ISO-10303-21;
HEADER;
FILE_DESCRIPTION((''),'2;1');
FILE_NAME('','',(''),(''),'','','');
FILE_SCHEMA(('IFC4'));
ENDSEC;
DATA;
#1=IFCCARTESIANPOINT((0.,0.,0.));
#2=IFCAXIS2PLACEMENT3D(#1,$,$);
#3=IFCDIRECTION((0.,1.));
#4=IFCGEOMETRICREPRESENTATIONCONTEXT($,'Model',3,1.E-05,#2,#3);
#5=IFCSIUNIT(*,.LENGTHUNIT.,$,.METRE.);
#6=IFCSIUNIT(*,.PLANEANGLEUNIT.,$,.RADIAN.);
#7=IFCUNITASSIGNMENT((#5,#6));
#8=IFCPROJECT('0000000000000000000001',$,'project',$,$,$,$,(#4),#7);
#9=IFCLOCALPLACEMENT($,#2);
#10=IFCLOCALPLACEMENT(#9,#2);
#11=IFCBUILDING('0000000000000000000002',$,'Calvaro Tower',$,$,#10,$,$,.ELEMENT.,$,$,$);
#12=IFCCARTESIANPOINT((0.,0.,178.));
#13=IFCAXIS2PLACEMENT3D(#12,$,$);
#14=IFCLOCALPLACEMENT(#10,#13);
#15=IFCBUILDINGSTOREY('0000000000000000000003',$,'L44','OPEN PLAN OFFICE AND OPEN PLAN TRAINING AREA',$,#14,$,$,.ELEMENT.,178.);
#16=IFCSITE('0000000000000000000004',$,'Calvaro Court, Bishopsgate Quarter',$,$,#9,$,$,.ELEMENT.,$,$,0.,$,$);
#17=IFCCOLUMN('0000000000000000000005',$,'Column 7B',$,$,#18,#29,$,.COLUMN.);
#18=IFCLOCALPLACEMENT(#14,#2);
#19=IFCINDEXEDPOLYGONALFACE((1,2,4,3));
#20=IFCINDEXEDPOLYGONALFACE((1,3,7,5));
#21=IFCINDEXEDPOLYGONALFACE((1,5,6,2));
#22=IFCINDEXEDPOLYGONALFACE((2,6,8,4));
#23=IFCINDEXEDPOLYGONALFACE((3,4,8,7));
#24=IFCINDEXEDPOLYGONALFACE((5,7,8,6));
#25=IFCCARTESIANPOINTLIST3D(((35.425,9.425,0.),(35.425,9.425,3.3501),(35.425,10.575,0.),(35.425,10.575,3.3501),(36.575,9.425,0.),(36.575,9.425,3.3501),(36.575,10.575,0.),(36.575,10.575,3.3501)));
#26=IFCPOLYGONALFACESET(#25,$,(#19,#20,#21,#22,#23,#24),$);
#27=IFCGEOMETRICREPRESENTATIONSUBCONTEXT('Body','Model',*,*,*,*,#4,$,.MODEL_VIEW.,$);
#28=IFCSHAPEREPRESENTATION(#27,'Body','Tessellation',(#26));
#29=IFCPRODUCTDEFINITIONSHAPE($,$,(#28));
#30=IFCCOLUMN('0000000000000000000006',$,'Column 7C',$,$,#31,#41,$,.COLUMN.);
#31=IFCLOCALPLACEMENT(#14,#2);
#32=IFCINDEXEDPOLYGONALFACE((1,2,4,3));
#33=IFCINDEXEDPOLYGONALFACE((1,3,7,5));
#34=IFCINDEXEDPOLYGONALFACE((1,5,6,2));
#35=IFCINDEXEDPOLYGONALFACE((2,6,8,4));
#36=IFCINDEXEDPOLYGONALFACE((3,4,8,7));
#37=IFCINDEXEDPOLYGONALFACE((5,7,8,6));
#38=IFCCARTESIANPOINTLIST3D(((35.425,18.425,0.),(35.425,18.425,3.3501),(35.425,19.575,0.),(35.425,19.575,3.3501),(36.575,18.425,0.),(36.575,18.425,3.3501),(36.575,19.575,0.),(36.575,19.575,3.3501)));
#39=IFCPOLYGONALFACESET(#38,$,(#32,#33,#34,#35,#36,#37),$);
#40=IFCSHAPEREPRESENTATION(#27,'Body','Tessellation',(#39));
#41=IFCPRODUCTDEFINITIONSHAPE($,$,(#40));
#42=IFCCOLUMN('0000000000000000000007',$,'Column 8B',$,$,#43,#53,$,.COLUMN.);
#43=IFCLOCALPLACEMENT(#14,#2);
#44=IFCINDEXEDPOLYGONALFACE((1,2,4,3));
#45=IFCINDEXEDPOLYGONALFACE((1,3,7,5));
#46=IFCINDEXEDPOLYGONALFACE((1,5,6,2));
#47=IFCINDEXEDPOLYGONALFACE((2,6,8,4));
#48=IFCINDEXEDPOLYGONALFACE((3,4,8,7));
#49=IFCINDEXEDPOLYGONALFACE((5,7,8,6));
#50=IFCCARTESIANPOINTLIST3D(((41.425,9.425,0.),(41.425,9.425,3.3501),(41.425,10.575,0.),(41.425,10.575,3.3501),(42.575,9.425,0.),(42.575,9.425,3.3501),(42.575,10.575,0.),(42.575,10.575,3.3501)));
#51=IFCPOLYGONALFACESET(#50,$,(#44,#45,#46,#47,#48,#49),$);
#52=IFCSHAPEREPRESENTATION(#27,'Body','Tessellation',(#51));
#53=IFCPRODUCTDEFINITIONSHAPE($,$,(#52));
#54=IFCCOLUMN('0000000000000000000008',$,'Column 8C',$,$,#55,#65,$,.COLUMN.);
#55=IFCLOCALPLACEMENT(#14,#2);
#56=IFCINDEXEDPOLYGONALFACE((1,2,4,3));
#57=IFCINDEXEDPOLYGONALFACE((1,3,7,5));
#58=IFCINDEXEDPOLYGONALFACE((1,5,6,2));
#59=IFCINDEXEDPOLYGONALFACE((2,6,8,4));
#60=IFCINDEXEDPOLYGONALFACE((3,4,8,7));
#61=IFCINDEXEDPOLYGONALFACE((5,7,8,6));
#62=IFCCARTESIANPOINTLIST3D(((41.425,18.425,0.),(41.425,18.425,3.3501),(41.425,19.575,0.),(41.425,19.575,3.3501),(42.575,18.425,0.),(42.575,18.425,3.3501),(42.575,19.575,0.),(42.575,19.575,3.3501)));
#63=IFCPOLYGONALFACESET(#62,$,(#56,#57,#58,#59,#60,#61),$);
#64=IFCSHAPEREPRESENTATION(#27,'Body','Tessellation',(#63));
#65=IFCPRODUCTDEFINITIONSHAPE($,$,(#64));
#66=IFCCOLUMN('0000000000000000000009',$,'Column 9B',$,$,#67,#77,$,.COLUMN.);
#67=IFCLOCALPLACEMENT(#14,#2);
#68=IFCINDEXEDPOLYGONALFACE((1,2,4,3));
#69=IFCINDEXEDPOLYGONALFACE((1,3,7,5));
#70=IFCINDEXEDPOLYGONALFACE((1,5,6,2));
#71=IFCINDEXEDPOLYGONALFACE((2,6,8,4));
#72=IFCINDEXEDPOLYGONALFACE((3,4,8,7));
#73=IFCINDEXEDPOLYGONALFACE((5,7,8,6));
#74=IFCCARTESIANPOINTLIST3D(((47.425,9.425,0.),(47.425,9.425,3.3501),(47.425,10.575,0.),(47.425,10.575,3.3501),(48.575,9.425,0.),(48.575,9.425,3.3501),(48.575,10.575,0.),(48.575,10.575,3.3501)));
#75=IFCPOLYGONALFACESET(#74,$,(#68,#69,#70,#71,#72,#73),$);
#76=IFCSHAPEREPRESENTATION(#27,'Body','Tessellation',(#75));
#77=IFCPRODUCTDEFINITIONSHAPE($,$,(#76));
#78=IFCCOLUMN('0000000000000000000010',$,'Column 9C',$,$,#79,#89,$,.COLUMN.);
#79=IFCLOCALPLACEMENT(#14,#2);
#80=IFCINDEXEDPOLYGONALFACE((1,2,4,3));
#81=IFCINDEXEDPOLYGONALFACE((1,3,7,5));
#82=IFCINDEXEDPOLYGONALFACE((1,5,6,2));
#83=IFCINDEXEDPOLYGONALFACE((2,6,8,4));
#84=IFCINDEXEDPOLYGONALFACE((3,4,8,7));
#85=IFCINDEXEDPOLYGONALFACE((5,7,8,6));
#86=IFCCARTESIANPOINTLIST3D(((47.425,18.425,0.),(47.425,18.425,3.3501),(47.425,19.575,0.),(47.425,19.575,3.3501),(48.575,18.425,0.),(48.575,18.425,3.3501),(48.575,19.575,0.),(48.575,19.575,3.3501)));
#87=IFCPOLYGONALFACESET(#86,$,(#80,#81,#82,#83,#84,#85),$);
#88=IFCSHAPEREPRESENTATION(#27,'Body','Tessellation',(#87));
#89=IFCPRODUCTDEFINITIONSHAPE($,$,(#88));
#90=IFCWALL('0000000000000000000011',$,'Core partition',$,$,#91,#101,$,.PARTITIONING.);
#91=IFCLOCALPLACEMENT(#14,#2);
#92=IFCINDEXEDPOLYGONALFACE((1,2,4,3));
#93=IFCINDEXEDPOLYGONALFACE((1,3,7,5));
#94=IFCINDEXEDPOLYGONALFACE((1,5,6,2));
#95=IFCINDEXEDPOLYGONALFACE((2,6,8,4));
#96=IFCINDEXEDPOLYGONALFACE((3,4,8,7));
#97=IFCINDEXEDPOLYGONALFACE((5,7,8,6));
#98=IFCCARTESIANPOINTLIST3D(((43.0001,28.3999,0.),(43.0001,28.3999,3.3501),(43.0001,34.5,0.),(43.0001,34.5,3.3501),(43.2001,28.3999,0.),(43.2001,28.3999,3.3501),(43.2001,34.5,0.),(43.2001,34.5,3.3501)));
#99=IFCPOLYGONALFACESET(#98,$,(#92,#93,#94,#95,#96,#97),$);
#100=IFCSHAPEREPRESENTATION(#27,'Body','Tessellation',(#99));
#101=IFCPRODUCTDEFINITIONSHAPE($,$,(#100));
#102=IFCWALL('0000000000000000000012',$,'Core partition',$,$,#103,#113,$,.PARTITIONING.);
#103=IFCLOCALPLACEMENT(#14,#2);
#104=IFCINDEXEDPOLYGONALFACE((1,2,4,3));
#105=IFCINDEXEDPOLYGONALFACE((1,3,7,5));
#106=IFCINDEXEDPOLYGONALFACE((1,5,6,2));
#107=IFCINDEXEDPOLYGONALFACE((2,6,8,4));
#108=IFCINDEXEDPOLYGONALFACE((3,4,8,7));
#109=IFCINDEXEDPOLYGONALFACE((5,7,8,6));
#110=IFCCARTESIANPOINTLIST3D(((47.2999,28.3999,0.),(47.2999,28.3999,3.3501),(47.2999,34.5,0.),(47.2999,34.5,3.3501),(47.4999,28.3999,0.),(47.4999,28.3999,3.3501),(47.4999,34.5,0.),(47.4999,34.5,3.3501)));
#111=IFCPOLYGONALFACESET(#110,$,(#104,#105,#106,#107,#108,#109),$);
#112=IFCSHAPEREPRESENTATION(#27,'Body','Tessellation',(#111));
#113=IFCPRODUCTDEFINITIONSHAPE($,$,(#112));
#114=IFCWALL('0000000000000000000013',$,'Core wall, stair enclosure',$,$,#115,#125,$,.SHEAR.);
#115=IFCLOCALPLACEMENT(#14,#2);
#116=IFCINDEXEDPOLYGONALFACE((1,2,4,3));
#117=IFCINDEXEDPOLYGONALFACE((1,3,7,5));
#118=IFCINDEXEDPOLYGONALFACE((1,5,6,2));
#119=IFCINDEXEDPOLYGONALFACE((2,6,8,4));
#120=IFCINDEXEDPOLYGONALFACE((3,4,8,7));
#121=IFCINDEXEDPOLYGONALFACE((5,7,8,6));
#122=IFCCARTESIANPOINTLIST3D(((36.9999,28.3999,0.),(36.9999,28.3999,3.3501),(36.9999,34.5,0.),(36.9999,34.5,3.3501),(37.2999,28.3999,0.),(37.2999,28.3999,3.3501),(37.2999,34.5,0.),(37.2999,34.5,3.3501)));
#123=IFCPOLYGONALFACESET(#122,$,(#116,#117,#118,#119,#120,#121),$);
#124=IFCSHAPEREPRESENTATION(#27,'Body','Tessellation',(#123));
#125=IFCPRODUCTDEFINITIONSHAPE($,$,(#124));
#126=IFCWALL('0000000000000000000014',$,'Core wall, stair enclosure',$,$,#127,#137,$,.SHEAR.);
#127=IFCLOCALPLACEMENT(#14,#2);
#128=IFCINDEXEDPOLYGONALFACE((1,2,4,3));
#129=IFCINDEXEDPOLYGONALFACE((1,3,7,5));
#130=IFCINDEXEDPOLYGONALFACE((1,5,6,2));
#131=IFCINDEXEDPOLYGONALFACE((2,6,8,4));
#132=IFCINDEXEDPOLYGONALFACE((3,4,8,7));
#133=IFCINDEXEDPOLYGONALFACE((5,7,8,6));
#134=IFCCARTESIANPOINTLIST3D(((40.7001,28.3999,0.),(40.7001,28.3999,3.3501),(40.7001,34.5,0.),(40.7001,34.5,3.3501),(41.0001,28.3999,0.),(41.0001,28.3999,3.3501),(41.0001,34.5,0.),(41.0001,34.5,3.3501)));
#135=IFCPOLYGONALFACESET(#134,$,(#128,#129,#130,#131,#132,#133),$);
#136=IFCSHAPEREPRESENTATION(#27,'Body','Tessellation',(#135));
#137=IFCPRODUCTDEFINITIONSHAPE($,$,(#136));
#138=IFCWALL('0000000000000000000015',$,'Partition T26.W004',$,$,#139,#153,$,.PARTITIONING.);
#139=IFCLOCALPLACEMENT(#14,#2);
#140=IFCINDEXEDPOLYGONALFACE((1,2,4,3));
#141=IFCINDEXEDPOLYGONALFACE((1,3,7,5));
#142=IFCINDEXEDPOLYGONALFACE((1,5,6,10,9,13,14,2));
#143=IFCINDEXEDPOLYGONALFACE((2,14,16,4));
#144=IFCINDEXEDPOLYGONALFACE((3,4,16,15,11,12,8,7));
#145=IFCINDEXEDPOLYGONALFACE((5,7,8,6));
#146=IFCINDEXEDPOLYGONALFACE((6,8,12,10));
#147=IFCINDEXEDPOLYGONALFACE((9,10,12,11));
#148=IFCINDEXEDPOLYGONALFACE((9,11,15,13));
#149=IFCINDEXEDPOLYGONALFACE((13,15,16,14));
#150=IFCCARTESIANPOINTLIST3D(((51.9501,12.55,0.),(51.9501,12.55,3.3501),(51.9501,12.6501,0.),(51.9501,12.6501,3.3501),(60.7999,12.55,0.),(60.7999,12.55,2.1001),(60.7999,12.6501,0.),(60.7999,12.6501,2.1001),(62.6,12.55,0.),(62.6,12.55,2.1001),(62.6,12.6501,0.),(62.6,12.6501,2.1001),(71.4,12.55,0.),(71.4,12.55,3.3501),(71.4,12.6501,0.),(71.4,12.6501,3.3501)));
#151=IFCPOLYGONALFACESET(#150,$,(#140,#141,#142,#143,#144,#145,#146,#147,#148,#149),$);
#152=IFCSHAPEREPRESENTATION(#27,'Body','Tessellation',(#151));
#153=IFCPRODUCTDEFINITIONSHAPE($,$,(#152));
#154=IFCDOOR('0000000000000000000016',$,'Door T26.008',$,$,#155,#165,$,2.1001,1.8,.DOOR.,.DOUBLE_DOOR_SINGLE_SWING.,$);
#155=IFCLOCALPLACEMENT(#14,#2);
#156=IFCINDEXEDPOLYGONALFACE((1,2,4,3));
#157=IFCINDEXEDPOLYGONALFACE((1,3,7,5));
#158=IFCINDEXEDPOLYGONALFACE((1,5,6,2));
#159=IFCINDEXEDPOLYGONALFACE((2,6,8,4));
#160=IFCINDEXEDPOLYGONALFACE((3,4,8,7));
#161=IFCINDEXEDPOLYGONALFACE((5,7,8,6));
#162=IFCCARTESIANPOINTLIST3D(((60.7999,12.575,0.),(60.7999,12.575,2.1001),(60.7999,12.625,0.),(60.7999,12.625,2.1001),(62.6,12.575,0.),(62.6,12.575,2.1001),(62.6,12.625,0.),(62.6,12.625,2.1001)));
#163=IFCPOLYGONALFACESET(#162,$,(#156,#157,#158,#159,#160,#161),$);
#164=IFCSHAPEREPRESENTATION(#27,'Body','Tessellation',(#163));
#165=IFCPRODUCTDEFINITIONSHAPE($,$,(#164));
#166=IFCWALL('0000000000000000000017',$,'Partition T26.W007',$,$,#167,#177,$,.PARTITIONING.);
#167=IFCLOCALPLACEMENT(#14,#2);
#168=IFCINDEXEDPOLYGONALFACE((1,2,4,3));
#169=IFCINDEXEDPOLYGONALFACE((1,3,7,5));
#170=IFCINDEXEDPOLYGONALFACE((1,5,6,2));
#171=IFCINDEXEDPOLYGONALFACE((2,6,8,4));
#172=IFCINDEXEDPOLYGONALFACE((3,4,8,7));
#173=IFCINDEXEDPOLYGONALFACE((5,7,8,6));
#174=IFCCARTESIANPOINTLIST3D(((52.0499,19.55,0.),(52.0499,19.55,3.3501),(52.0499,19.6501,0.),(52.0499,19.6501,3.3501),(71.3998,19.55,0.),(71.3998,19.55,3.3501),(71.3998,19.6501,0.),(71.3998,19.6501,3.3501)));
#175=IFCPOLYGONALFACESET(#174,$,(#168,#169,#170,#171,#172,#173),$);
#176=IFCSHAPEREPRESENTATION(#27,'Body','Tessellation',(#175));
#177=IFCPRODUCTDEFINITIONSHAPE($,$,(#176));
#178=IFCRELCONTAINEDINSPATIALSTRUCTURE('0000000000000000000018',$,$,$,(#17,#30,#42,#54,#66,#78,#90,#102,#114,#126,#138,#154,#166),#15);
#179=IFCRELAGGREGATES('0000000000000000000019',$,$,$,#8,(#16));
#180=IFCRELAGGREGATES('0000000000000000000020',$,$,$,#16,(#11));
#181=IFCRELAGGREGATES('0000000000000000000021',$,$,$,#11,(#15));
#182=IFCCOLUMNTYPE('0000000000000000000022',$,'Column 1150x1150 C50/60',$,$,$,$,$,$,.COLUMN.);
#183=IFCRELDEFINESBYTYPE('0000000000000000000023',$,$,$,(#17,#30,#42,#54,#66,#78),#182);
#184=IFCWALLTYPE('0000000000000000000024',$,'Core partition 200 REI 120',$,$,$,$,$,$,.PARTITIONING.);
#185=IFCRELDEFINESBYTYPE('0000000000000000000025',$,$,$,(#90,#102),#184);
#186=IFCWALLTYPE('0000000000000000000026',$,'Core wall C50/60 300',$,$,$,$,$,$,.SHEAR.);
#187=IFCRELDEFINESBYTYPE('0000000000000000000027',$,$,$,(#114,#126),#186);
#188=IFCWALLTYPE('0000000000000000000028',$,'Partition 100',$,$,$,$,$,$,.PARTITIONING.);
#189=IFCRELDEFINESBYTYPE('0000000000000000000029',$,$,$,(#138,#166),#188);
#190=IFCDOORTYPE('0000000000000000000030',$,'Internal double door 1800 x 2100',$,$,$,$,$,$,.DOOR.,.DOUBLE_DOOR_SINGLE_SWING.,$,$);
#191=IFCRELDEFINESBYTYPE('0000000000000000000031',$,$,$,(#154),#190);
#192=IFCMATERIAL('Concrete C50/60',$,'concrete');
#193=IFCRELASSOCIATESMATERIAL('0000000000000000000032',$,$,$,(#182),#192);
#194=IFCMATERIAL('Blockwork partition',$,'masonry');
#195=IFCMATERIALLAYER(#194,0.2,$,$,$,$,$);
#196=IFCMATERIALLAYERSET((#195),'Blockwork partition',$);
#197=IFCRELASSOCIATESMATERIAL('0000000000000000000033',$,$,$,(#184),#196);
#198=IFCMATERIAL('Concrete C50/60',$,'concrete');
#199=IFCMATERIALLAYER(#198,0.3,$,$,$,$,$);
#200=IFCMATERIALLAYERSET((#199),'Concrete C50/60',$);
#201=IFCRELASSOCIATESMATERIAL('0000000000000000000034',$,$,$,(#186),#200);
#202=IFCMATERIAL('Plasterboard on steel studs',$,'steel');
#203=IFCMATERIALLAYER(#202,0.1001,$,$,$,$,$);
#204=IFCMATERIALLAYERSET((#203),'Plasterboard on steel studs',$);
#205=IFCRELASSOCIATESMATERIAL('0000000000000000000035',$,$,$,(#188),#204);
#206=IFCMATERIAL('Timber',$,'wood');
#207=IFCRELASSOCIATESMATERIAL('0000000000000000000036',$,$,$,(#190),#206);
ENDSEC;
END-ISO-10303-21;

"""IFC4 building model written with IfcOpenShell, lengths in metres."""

from ifc_helpers import new_model, si_unit, direction, frame, frame_2d, origin, origin_2d, place, context, subcontext, project, spatial, rectangle, extrude, material, layer, layer_set, material_profile, profile_set, type_object, element, fill, save


model = new_model("IFC4")

# Units and contexts
model_context = context("Model", 3, precision=1e-05, world=origin(), true_north=direction((0.0, 1.0)))
body_context = subcontext(model_context, "Body", "Model", "MODEL_VIEW")
ifc_project = project(units=[si_unit("LENGTHUNIT", "METRE"), si_unit("PLANEANGLEUNIT", "RADIAN")], contexts=[model_context])

# Site, building, storey
site_placement = place(None, origin())
site = spatial("IfcSite", under=ifc_project, at=site_placement, Name="Calvaro Court, Bishopsgate Quarter", CompositionType="ELEMENT", RefElevation=0.0)
building_placement = place(site_placement, origin())
building = spatial("IfcBuilding", under=site, at=building_placement, Name="Calvaro Tower", CompositionType="ELEMENT")
storey_placement = place(building_placement, frame((0.0, 0.0, 178.0)))
storey = spatial("IfcBuildingStorey", under=building, at=storey_placement, Name="L44", Description="OPEN PLAN OFFICE AND OPEN PLAN TRAINING AREA", CompositionType="ELEMENT", Elevation=178.0)

# Columns
ifc_material_1 = material(Name="Concrete C50/60", Category="concrete")
ifc_material_profile = material_profile(ifc_material_1, rectangle(XDim=1.1499, YDim=1.1499, at=origin_2d()), Name="RC 1150x1150")
ifc_profile_set = profile_set([ifc_material_profile], Name="Concrete C50/60")
column_type = type_object("IfcColumnType", Name="Column 1150x1150 C50/60", PredefinedType="COLUMN", material=ifc_profile_set)
for number, where, z_axis, x_axis, name in (
    (1, (36.0, 10.0, 0.0), (0.0, 0.0, 1.0), (1.0, 0.0, 0.0), "Column 7B"),
    (2, (36.0, 19.0, 0.0), (0.0, 0.0, 1.0), (1.0, 0.0, 0.0), "Column 7C"),
    (3, (42.0, 10.0, 0.0), (0.0, 0.0, 1.0), (1.0, 0.0, 0.0), "Column 8B"),
    (4, (42.0, 19.0, 0.0), (0.0, 0.0, 1.0), (1.0, 0.0, 0.0), "Column 8C"),
    (5, (48.0, 10.0, 0.0), (0.0, 0.0, 1.0), (1.0, 0.0, 0.0), "Column 9B"),
    (6, (48.0, 19.0, 0.0), (0.0, 0.0, 1.0), (1.0, 0.0, 0.0), "Column 9C"),
):
    element("IfcColumn", number, at=place(storey_placement, frame(where, z_axis=z_axis, x_axis=x_axis)), inside=storey, type_object=column_type, Name=name, PredefinedType="COLUMN", context=body_context, shape_type="SweptSolid", body=[
        extrude(rectangle(XDim=1.1499, YDim=1.1499, at=origin_2d()), origin(), (0.0, 0.0, 1.0), 3.3501),
    ])

# Walls
ifc_material_2 = material(Name="Blockwork partition", Category="masonry")
ifc_layer_1 = layer(ifc_material_2, 0.2)
ifc_layer_set_1 = layer_set([ifc_layer_1], Name="Blockwork partition")
wall_type_1 = type_object("IfcWallType", Name="Core partition 200 REI 120", PredefinedType="PARTITIONING", material=ifc_layer_set_1)
for number, where, z_axis, x_axis, name in (
    (7, (43.1001, 28.3999, 0.0), (0.0, 0.0, 1.0), (0.0, 1.0, 0.0), "Core partition"),
    (8, (47.3999, 28.3999, 0.0), (0.0, 0.0, 1.0), (0.0, 1.0, 0.0), "Core partition"),
):
    element("IfcWall", number, at=place(storey_placement, frame(where, z_axis=z_axis, x_axis=x_axis)), inside=storey, type_object=wall_type_1, Name=name, PredefinedType="PARTITIONING", context=body_context, shape_type="SweptSolid", body=[
        extrude(rectangle(XDim=6.1001, YDim=0.2, at=frame_2d((3.05, 0.0))), origin(), (0.0, 0.0, 1.0), 3.3501),
    ])
ifc_material_3 = material(Name="Concrete C50/60", Category="concrete")
ifc_layer_2 = layer(ifc_material_3, 0.3)
ifc_layer_set_2 = layer_set([ifc_layer_2], Name="Concrete C50/60")
wall_type_2 = type_object("IfcWallType", Name="Core wall C50/60 300", PredefinedType="SHEAR", material=ifc_layer_set_2)
for number, where, z_axis, x_axis, name in (
    (9, (37.1499, 28.3999, 0.0), (0.0, 0.0, 1.0), (0.0, 1.0, 0.0), "Core wall, stair enclosure"),
    (10, (40.8501, 28.3999, 0.0), (0.0, 0.0, 1.0), (0.0, 1.0, 0.0), "Core wall, stair enclosure"),
):
    element("IfcWall", number, at=place(storey_placement, frame(where, z_axis=z_axis, x_axis=x_axis)), inside=storey, type_object=wall_type_2, Name=name, PredefinedType="SHEAR", context=body_context, shape_type="SweptSolid", body=[
        extrude(rectangle(XDim=6.1001, YDim=0.3, at=frame_2d((3.05, 0.0))), origin(), (0.0, 0.0, 1.0), 3.3501),
    ])

# Wall, opening, door
ifc_material_4 = material(Name="Plasterboard on steel studs", Category="steel")
ifc_layer_3 = layer(ifc_material_4, 0.1001)
ifc_layer_set_3 = layer_set([ifc_layer_3], Name="Plasterboard on steel studs")
wall_type_3 = type_object("IfcWallType", Name="Partition 100", PredefinedType="PARTITIONING", material=ifc_layer_set_3)
wall_1_placement = place(storey_placement, frame((51.95, 12.6001, 0.0), z_axis=(0.0, 0.0, 1.0), x_axis=(1.0, 0.0, 0.0)))
wall_1 = element("IfcWall", 11, at=wall_1_placement, inside=storey, type_object=wall_type_3, Name="Partition T26.W004", PredefinedType="PARTITIONING", context=body_context, shape_type="SweptSolid", body=[
    extrude(rectangle(XDim=19.45, YDim=0.1001, at=frame_2d((9.7251, 0.0))), origin(), (0.0, 0.0, 1.0), 3.3501),
])
opening_1_placement = place(wall_1_placement, frame((8.8501, 0.0, 0.0)))
opening_1 = element("IfcOpeningElement", 12, at=opening_1_placement, cuts=wall_1, PredefinedType="OPENING", context=body_context, shape_type="SweptSolid", body=[
    extrude(rectangle(XDim=1.8, YDim=2.1001, at=frame_2d((0.8999, 1.05))), frame((0.0, 0.0601, 0.0), z_axis=(0.0, -1.0, 0.0), x_axis=(1.0, 0.0, 0.0)), (0.0, 0.0, 1.0), 0.1201),
])
ifc_material_5 = material(Name="Timber", Category="wood")
door_type = type_object("IfcDoorType", Name="Internal double door 1800 x 2100", OperationType="DOUBLE_DOOR_SINGLE_SWING", PredefinedType="DOOR", material=ifc_material_5)
door_1_placement = place(opening_1_placement, origin())
door_1 = element("IfcDoor", 13, at=door_1_placement, inside=storey, type_object=door_type, Name="Door T26.008", OperationType="DOUBLE_DOOR_SINGLE_SWING", OverallHeight=2.1001, OverallWidth=1.8, PredefinedType="DOOR", context=body_context, shape_type="SweptSolid", body=[
    extrude(rectangle(XDim=1.8, YDim=2.1001, at=frame_2d((0.8999, 1.05))), frame((0.0, 0.0249, 0.0), z_axis=(0.0, -1.0, 0.0), x_axis=(1.0, 0.0, 0.0)), (0.0, 0.0, 1.0), 0.05),
])
fill(opening_1, door_1)

# Wall
wall_2_placement = place(storey_placement, frame((52.05, 19.6001, 0.0), z_axis=(0.0, 0.0, 1.0), x_axis=(1.0, 0.0, 0.0)))
element("IfcWall", 14, at=wall_2_placement, inside=storey, type_object=wall_type_3, Name="Partition T26.W007", PredefinedType="PARTITIONING", context=body_context, shape_type="SweptSolid", body=[
    extrude(rectangle(XDim=19.3499, YDim=0.1001, at=frame_2d((9.6748, 0.0))), origin(), (0.0, 0.0, 1.0), 3.3501),
])

save(model, "model.ifc")
